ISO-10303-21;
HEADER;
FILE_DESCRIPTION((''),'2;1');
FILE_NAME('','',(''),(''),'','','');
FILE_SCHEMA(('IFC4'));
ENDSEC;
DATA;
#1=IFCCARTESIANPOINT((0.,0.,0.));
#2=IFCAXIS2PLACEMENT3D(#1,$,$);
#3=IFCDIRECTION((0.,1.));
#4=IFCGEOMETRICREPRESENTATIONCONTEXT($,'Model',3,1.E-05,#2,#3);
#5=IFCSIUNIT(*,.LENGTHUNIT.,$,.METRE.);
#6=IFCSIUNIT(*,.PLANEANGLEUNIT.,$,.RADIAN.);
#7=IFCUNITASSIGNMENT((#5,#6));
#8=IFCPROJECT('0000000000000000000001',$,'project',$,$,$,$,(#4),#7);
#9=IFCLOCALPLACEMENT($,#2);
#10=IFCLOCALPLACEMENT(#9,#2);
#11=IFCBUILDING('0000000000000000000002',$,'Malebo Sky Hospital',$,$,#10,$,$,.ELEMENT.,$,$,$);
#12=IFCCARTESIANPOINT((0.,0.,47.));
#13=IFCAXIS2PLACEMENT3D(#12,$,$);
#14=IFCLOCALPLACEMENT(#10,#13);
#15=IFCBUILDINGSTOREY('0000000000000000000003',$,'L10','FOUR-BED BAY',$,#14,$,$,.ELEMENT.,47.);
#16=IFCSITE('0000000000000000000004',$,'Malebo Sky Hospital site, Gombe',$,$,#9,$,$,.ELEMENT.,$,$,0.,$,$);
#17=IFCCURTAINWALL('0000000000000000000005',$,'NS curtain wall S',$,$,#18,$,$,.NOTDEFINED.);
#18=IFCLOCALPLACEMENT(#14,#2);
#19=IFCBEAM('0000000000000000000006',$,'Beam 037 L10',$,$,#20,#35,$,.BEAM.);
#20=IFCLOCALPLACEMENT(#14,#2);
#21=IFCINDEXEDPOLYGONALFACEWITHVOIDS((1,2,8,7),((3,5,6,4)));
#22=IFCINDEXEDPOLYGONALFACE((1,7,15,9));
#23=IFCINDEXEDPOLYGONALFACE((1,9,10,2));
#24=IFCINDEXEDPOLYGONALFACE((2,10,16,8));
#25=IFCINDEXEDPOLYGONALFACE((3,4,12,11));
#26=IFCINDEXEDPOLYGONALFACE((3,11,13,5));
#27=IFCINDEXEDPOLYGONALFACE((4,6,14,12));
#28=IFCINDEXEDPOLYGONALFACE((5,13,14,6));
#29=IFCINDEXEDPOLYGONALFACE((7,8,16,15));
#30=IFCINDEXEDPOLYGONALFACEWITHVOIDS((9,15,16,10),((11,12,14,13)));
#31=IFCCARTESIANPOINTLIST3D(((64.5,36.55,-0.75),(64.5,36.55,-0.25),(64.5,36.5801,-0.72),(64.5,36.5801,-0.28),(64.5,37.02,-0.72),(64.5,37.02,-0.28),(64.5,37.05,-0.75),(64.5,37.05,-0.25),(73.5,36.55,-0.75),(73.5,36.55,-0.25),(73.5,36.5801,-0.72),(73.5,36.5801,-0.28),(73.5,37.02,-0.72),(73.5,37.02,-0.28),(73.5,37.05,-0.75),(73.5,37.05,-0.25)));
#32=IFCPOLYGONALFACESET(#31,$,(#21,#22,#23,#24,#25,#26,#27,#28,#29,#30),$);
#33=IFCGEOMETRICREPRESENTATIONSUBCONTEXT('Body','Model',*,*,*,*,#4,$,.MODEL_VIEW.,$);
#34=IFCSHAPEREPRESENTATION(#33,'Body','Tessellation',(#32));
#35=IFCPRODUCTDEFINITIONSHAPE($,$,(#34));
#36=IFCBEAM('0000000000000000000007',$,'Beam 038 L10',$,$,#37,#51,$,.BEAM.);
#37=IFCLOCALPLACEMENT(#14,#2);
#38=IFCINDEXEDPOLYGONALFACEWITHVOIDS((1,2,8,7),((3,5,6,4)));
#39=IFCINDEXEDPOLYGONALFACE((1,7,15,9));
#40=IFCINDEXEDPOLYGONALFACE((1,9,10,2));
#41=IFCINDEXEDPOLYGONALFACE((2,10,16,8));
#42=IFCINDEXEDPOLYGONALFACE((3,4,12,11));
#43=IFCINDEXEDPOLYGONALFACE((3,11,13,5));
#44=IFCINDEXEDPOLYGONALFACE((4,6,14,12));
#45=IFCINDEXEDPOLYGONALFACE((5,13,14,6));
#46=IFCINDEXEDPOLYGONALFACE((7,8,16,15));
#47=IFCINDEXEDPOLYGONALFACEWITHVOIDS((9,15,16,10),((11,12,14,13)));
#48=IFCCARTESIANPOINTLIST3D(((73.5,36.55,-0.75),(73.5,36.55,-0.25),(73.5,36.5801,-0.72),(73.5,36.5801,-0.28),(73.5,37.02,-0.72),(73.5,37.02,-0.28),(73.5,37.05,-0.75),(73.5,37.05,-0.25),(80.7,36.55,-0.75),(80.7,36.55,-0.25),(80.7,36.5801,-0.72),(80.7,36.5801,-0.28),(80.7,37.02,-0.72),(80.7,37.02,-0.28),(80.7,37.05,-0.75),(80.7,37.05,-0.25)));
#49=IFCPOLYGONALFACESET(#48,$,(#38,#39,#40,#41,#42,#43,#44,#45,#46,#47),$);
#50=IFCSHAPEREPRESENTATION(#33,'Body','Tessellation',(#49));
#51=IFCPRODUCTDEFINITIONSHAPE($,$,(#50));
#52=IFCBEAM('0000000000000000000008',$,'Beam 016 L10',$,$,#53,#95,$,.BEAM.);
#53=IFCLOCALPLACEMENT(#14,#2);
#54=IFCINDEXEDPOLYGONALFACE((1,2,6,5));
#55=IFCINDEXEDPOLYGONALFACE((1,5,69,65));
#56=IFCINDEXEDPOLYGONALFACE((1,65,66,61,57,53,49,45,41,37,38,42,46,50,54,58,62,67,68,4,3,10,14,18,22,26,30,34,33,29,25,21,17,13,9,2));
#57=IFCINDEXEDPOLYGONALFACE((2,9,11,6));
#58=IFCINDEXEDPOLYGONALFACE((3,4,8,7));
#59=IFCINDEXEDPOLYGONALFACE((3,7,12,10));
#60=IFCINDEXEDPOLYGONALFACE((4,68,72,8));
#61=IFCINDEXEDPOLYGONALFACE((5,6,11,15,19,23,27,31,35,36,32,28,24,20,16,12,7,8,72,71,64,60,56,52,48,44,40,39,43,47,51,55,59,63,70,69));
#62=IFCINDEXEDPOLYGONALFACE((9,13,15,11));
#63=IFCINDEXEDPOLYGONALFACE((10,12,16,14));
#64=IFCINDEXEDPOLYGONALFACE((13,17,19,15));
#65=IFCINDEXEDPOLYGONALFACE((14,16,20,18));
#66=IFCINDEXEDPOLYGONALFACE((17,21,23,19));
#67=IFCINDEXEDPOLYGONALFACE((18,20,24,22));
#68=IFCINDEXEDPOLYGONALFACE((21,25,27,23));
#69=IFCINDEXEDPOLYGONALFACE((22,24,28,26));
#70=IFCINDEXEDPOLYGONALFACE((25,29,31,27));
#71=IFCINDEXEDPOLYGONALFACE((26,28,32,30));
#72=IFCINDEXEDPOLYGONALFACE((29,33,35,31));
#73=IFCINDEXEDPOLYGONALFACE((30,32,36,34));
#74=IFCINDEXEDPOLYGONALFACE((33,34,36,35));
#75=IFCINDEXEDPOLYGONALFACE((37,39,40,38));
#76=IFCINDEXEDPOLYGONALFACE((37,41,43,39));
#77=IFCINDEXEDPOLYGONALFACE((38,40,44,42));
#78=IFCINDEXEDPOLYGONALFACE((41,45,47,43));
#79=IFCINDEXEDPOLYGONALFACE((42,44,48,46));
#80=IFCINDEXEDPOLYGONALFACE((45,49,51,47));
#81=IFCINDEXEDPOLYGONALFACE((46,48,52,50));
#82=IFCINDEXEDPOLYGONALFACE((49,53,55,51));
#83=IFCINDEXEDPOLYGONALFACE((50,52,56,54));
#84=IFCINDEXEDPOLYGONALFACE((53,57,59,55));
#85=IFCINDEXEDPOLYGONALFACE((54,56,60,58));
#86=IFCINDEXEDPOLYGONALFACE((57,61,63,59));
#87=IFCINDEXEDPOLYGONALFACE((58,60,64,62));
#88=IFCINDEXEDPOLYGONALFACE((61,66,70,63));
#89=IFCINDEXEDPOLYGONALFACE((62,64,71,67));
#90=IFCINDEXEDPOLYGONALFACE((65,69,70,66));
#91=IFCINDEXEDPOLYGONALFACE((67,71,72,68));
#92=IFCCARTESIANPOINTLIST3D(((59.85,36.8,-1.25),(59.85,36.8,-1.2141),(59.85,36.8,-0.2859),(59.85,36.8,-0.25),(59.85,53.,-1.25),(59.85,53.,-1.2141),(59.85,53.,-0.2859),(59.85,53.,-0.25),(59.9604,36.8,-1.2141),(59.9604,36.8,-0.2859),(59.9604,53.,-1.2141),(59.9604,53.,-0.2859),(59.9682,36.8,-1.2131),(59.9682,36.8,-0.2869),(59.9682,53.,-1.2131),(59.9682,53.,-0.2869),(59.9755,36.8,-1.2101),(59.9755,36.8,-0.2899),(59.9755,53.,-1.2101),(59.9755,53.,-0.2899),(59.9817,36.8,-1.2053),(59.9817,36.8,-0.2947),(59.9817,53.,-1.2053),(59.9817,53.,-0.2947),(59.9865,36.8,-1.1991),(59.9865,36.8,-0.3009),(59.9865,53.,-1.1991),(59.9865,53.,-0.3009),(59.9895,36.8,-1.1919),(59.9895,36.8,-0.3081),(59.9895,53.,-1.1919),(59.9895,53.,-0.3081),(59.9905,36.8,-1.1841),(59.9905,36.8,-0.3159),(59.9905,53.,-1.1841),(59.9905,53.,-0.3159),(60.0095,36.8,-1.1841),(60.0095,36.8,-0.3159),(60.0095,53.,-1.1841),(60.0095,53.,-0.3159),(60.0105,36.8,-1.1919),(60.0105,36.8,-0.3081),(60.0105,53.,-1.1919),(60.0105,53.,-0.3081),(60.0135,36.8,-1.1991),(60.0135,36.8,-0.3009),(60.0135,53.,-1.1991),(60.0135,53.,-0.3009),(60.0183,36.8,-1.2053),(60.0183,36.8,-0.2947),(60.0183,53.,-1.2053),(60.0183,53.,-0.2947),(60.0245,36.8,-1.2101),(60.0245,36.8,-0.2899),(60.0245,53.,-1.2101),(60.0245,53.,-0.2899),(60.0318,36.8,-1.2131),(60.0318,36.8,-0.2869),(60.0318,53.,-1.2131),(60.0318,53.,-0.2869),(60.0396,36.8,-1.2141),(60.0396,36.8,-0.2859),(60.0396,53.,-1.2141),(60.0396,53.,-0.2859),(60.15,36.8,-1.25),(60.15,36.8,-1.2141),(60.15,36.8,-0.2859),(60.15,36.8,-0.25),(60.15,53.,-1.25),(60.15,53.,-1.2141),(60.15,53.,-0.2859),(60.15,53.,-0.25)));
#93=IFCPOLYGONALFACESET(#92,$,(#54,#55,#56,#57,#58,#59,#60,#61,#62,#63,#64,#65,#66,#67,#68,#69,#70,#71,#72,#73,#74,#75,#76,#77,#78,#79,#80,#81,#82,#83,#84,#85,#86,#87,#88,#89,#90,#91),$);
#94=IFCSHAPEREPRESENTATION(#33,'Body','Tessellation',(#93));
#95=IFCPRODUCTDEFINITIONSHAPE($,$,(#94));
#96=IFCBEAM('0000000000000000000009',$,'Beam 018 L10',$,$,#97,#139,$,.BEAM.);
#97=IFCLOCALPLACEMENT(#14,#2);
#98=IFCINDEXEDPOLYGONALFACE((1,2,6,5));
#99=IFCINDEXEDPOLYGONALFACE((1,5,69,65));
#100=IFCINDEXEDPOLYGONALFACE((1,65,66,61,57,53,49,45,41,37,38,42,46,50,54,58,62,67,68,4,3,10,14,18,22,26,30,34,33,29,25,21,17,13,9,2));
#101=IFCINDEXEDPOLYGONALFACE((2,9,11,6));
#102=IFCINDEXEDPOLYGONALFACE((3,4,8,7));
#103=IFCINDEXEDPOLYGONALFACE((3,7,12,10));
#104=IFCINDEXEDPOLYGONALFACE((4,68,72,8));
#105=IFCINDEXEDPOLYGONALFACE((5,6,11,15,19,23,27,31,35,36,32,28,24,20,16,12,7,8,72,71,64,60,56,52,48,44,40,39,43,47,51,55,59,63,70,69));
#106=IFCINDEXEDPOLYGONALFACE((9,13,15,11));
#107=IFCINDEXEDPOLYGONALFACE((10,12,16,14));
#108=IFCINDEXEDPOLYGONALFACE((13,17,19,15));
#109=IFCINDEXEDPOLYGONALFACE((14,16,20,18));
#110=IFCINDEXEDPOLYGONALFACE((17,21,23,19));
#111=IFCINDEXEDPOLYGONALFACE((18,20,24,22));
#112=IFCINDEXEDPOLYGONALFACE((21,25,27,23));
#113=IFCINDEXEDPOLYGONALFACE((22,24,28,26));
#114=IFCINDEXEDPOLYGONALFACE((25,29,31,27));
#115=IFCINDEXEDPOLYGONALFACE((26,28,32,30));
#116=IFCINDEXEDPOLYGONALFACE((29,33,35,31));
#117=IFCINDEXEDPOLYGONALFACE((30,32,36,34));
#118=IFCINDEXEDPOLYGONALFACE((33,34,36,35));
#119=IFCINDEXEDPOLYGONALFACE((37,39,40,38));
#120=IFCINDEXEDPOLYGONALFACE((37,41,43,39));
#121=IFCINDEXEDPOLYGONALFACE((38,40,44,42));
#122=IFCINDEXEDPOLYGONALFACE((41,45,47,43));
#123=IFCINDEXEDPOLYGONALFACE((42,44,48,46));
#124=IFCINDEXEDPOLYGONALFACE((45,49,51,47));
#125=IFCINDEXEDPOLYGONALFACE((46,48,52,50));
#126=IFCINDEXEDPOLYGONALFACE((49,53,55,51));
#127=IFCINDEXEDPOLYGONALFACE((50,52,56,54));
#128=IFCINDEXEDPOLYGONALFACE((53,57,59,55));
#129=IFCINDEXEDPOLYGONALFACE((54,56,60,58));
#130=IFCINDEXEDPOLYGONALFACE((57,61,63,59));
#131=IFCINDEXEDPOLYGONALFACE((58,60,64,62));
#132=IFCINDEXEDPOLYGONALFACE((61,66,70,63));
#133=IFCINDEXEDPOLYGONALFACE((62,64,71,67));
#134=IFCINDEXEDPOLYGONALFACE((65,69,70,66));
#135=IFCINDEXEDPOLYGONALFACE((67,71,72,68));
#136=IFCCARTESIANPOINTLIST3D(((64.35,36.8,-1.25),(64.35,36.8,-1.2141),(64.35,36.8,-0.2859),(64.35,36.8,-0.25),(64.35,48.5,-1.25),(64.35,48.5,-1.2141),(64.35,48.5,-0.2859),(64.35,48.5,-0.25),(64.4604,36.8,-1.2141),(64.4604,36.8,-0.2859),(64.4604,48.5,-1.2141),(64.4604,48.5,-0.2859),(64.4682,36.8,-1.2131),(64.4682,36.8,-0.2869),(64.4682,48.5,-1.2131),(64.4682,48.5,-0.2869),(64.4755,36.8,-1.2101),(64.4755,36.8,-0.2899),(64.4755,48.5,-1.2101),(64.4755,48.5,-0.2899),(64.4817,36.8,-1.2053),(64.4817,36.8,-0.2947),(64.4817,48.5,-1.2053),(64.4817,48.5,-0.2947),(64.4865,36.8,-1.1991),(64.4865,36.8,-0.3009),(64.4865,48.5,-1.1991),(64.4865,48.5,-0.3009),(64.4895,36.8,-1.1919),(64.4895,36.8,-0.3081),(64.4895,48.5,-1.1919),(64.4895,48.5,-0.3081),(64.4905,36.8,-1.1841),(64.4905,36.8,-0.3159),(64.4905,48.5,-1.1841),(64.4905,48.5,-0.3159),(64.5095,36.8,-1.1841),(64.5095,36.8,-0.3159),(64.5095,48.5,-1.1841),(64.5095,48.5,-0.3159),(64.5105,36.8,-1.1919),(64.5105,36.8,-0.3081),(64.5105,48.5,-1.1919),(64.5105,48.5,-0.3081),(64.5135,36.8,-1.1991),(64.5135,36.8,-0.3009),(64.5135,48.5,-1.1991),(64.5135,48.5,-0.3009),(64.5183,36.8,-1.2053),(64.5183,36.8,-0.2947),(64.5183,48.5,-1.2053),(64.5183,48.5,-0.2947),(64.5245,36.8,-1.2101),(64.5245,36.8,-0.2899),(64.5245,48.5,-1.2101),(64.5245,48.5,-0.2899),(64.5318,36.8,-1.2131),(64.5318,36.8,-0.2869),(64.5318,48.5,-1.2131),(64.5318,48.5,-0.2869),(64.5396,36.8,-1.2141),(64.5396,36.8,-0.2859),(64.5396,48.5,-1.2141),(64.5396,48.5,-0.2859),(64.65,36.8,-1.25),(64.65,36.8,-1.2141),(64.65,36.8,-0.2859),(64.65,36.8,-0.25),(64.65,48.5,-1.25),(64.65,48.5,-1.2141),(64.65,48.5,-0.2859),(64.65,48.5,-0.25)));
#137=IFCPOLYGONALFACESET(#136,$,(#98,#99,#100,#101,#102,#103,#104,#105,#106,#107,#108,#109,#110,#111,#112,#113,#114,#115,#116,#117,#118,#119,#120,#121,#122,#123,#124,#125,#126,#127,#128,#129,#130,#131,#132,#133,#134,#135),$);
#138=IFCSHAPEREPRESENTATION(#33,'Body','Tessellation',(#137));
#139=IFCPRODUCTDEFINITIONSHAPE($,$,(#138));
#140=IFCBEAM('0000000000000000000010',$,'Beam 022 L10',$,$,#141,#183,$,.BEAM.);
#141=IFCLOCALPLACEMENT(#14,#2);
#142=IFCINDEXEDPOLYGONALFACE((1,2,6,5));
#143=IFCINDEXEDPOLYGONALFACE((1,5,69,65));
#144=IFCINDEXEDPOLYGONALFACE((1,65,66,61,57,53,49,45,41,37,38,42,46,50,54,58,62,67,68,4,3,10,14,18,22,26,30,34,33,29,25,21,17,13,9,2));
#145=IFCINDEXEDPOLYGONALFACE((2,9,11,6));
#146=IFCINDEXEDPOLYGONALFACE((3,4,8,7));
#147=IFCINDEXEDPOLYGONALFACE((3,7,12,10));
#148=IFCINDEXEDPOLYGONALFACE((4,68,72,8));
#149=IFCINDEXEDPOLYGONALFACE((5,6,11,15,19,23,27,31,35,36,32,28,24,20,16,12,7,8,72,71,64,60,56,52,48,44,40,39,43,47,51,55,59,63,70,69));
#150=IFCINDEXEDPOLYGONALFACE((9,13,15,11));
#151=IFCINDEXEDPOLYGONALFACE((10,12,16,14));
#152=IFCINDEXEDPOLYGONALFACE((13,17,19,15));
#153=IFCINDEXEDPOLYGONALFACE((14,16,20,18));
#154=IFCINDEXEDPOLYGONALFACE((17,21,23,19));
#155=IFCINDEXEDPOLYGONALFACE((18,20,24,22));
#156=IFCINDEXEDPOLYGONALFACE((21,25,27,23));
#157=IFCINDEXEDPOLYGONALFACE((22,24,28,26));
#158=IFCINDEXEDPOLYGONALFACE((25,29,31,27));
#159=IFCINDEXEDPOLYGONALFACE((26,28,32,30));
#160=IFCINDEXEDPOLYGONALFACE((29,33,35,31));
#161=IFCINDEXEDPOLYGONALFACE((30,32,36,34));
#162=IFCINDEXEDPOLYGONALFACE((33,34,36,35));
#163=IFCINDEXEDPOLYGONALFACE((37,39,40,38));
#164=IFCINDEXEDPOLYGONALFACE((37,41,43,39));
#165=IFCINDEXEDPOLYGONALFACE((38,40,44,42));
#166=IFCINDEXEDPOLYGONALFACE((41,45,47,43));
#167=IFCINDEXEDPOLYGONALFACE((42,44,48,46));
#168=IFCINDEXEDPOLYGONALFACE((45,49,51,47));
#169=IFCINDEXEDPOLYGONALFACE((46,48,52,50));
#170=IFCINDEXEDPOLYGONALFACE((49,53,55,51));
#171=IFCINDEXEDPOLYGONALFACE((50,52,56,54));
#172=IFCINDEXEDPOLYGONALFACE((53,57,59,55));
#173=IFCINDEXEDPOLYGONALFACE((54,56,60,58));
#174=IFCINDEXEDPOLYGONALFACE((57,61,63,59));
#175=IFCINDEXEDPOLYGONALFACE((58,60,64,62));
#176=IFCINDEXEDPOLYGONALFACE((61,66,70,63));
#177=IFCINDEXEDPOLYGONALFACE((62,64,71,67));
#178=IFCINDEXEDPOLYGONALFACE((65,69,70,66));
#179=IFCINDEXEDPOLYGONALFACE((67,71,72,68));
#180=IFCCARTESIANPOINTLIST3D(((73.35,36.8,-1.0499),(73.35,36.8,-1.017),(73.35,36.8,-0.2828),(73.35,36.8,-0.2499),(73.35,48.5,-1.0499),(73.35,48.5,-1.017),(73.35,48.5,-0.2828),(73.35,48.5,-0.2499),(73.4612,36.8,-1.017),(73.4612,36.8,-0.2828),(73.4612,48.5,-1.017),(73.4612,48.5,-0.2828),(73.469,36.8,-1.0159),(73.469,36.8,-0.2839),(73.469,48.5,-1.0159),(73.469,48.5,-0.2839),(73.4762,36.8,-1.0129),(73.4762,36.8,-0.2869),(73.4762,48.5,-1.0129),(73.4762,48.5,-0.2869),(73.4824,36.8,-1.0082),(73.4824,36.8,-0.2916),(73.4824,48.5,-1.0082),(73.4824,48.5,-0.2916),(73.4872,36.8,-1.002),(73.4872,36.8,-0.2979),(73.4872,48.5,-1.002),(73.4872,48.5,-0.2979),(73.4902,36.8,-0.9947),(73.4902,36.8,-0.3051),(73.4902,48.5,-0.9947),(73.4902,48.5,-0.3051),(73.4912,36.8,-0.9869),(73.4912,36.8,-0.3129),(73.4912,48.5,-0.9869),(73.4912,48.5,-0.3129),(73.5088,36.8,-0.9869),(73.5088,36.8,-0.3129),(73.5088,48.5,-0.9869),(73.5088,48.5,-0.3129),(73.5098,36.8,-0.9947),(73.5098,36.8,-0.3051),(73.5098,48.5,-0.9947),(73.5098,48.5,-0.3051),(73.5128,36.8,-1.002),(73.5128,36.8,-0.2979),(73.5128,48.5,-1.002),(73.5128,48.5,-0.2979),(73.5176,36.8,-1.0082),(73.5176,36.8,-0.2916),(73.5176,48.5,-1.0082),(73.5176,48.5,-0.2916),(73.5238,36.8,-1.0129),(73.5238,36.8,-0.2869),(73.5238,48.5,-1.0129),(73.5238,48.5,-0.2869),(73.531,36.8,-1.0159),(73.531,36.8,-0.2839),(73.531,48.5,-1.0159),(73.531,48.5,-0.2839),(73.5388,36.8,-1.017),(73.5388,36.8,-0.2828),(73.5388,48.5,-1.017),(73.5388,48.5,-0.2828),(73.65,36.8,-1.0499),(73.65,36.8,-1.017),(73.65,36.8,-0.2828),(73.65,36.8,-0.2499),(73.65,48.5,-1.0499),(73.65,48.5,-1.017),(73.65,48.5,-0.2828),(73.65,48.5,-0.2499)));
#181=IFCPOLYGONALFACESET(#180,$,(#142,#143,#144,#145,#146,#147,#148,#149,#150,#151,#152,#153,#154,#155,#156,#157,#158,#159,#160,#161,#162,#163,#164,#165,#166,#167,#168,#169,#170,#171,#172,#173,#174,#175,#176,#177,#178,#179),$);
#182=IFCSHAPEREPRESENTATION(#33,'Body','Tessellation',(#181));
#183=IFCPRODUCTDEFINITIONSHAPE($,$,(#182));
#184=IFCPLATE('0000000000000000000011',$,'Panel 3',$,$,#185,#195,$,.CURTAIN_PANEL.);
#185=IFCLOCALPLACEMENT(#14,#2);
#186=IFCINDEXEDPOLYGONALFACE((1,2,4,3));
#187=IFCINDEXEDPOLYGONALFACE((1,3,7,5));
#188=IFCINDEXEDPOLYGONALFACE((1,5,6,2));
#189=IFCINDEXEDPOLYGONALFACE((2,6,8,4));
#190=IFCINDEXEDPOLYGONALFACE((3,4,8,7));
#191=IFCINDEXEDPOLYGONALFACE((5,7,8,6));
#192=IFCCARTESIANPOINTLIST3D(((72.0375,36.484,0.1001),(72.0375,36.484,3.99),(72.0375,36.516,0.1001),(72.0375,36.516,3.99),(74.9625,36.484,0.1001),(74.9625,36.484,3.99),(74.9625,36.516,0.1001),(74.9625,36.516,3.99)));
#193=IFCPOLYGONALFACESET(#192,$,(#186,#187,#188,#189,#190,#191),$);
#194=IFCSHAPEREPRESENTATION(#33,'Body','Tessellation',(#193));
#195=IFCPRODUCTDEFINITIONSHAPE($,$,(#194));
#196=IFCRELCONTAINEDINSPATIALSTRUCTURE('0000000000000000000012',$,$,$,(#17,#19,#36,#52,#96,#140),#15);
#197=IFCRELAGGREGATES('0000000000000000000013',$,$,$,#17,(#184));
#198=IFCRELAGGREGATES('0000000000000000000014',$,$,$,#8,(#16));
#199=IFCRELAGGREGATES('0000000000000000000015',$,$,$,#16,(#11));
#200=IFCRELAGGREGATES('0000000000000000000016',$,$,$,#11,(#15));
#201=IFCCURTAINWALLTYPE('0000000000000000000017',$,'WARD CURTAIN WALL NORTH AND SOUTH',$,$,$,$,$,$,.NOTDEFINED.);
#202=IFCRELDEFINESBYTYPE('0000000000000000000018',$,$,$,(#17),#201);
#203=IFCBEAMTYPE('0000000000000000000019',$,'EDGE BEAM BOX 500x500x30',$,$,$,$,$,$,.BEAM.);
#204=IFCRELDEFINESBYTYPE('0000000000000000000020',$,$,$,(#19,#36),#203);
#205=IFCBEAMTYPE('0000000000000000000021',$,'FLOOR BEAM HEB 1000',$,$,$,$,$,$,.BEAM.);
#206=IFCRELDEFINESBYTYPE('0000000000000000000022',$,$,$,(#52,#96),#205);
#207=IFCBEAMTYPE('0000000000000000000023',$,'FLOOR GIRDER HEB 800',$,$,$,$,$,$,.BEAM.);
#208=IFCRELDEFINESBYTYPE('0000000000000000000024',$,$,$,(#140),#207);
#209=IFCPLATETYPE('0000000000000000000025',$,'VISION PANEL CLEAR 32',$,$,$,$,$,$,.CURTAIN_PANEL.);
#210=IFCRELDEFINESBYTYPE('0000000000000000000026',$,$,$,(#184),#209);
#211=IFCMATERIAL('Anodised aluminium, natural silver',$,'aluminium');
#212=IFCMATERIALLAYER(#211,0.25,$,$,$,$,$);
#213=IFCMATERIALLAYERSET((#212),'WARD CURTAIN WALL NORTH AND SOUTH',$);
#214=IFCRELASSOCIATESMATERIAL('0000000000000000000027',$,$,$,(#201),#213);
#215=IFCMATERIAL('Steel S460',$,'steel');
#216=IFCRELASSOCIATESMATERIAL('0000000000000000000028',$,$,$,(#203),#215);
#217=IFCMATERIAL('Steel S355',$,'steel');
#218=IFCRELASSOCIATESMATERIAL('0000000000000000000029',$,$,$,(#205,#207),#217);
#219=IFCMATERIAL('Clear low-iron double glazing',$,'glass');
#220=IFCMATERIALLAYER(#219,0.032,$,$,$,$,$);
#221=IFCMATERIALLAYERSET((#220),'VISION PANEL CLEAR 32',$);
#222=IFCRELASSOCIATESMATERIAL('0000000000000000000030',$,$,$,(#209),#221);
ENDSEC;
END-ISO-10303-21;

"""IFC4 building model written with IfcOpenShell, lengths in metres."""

from ifc_helpers import new_model, si_unit, direction, frame, origin, origin_2d, place, context, subcontext, project, spatial, rectangle, hollow_rectangle, i_section, extrude, material, layer, layer_set, material_profile, profile_set, type_object, element, aggregate, save


model = new_model("IFC4")

# Units and contexts
model_context = context("Model", 3, precision=1e-05, world=origin(), true_north=direction((0.0, 1.0)))
body_context = subcontext(model_context, "Body", "Model", "MODEL_VIEW")
ifc_project = project(units=[si_unit("LENGTHUNIT", "METRE"), si_unit("PLANEANGLEUNIT", "RADIAN")], contexts=[model_context])

# Site, building, storey
site_placement = place(None, origin())
site = spatial("IfcSite", under=ifc_project, at=site_placement, Name="Malebo Sky Hospital site, Gombe", CompositionType="ELEMENT", RefElevation=0.0)
building_placement = place(site_placement, origin())
building = spatial("IfcBuilding", under=site, at=building_placement, Name="Malebo Sky Hospital", CompositionType="ELEMENT")
storey_placement = place(building_placement, frame((0.0, 0.0, 47.0)))
storey = spatial("IfcBuildingStorey", under=building, at=storey_placement, Name="L10", Description="FOUR-BED BAY", CompositionType="ELEMENT", Elevation=47.0)

# Shared definitions
ifc_material_1 = material(Name="Steel S460", Category="steel")

# Curtain wall
ifc_material_2 = material(Name="Anodised aluminium, natural silver", Category="aluminium")
ifc_layer_1 = layer(ifc_material_2, 0.25)
ifc_layer_set_1 = layer_set([ifc_layer_1], Name="WARD CURTAIN WALL NORTH AND SOUTH")
curtain_wall_type = type_object("IfcCurtainWallType", Name="WARD CURTAIN WALL NORTH AND SOUTH", PredefinedType="NOTDEFINED", material=ifc_layer_set_1)
curtain_wall_placement = place(storey_placement, origin())
curtain_wall = element("IfcCurtainWall", 1, at=curtain_wall_placement, inside=storey, type_object=curtain_wall_type, Name="NS curtain wall S", PredefinedType="NOTDEFINED")

# Shared definitions
ifc_material_3 = material(Name="Steel S355", Category="steel")

# Beams
ifc_material_profile_1 = material_profile(ifc_material_1, hollow_rectangle(XDim=0.5, YDim=0.5, WallThickness=0.03, at=origin_2d()), Name="BOX 500x500x30")
ifc_profile_set_1 = profile_set([ifc_material_profile_1], Name="Steel S460")
beam_type_1 = type_object("IfcBeamType", Name="EDGE BEAM BOX 500x500x30", PredefinedType="BEAM", material=ifc_profile_set_1)
beam_1_placement = place(storey_placement, frame((64.5, 36.8, -0.5), z_axis=(1.0, 0.0, 0.0), x_axis=(0.0, 1.0, 0.0)))
element("IfcBeam", 2, at=beam_1_placement, inside=storey, type_object=beam_type_1, Name="Beam 037 L10", PredefinedType="BEAM", context=body_context, shape_type="SweptSolid", body=[
    extrude(hollow_rectangle(XDim=0.5, YDim=0.5, WallThickness=0.03, at=origin_2d()), origin(), (0.0, 0.0, 1.0), 9.0),
])
beam_2_placement = place(storey_placement, frame((73.5, 36.8, -0.5), z_axis=(1.0, 0.0, 0.0), x_axis=(0.0, 1.0, 0.0)))
element("IfcBeam", 3, at=beam_2_placement, inside=storey, type_object=beam_type_1, Name="Beam 038 L10", PredefinedType="BEAM", context=body_context, shape_type="SweptSolid", body=[
    extrude(hollow_rectangle(XDim=0.5, YDim=0.5, WallThickness=0.03, at=origin_2d()), origin(), (0.0, 0.0, 1.0), 7.2),
])
ifc_material_profile_2 = material_profile(ifc_material_3, i_section(OverallWidth=0.3, OverallDepth=1.0, WebThickness=0.019, FlangeThickness=0.0359, FilletRadius=0.03, at=origin_2d()), Name="HEB 1000")
ifc_profile_set_2 = profile_set([ifc_material_profile_2], Name="Steel S355")
beam_type_2 = type_object("IfcBeamType", Name="FLOOR BEAM HEB 1000", PredefinedType="BEAM", material=ifc_profile_set_2)
beam_3_placement = place(storey_placement, frame((60.0, 36.8, -0.75), z_axis=(0.0, 1.0, 0.0), x_axis=(-1.0, 0.0, 0.0)))
element("IfcBeam", 4, at=beam_3_placement, inside=storey, type_object=beam_type_2, Name="Beam 016 L10", PredefinedType="BEAM", context=body_context, shape_type="SweptSolid", body=[
    extrude(i_section(OverallWidth=0.3, OverallDepth=1.0, WebThickness=0.019, FlangeThickness=0.0359, FilletRadius=0.03, at=origin_2d()), origin(), (0.0, 0.0, 1.0), 16.2),
])
beam_4_placement = place(storey_placement, frame((64.5, 36.8, -0.75), z_axis=(0.0, 1.0, 0.0), x_axis=(-1.0, 0.0, 0.0)))
element("IfcBeam", 5, at=beam_4_placement, inside=storey, type_object=beam_type_2, Name="Beam 018 L10", PredefinedType="BEAM", context=body_context, shape_type="SweptSolid", body=[
    extrude(i_section(OverallWidth=0.3, OverallDepth=1.0, WebThickness=0.019, FlangeThickness=0.0359, FilletRadius=0.03, at=origin_2d()), origin(), (0.0, 0.0, 1.0), 11.7),
])
ifc_material_profile_3 = material_profile(ifc_material_3, i_section(OverallWidth=0.3, OverallDepth=0.8, WebThickness=0.0176, FlangeThickness=0.033, FilletRadius=0.03, at=origin_2d()), Name="HEB 800")
ifc_profile_set_3 = profile_set([ifc_material_profile_3], Name="Steel S355")
beam_type_3 = type_object("IfcBeamType", Name="FLOOR GIRDER HEB 800", PredefinedType="BEAM", material=ifc_profile_set_3)
beam_5_placement = place(storey_placement, frame((73.5, 36.8, -0.6499), z_axis=(0.0, 1.0, 0.0), x_axis=(-1.0, 0.0, 0.0)))
element("IfcBeam", 6, at=beam_5_placement, inside=storey, type_object=beam_type_3, Name="Beam 022 L10", PredefinedType="BEAM", context=body_context, shape_type="SweptSolid", body=[
    extrude(i_section(OverallWidth=0.3, OverallDepth=0.8, WebThickness=0.0176, FlangeThickness=0.033, FilletRadius=0.03, at=origin_2d()), origin(), (0.0, 0.0, 1.0), 11.7),
])

# Plate
ifc_material_4 = material(Name="Clear low-iron double glazing", Category="glass")
ifc_layer_2 = layer(ifc_material_4, 0.032)
ifc_layer_set_2 = layer_set([ifc_layer_2], Name="VISION PANEL CLEAR 32")
plate_type = type_object("IfcPlateType", Name="VISION PANEL CLEAR 32", PredefinedType="CURTAIN_PANEL", material=ifc_layer_set_2)
plate_1_placement = place(storey_placement, frame((73.5, 36.5, 0.1001), z_axis=(0.0, 0.0, 1.0), x_axis=(-1.0, 0.0, 0.0)))
plate_1 = element("IfcPlate", 7, at=plate_1_placement, type_object=plate_type, Name="Panel 3", PredefinedType="CURTAIN_PANEL", context=body_context, shape_type="SweptSolid", body=[
    extrude(rectangle(XDim=2.925, YDim=0.032, at=origin_2d()), origin(), (0.0, 0.0, 1.0), 3.8899),
])
aggregate(curtain_wall, [plate_1])

save(model, "model.ifc")
